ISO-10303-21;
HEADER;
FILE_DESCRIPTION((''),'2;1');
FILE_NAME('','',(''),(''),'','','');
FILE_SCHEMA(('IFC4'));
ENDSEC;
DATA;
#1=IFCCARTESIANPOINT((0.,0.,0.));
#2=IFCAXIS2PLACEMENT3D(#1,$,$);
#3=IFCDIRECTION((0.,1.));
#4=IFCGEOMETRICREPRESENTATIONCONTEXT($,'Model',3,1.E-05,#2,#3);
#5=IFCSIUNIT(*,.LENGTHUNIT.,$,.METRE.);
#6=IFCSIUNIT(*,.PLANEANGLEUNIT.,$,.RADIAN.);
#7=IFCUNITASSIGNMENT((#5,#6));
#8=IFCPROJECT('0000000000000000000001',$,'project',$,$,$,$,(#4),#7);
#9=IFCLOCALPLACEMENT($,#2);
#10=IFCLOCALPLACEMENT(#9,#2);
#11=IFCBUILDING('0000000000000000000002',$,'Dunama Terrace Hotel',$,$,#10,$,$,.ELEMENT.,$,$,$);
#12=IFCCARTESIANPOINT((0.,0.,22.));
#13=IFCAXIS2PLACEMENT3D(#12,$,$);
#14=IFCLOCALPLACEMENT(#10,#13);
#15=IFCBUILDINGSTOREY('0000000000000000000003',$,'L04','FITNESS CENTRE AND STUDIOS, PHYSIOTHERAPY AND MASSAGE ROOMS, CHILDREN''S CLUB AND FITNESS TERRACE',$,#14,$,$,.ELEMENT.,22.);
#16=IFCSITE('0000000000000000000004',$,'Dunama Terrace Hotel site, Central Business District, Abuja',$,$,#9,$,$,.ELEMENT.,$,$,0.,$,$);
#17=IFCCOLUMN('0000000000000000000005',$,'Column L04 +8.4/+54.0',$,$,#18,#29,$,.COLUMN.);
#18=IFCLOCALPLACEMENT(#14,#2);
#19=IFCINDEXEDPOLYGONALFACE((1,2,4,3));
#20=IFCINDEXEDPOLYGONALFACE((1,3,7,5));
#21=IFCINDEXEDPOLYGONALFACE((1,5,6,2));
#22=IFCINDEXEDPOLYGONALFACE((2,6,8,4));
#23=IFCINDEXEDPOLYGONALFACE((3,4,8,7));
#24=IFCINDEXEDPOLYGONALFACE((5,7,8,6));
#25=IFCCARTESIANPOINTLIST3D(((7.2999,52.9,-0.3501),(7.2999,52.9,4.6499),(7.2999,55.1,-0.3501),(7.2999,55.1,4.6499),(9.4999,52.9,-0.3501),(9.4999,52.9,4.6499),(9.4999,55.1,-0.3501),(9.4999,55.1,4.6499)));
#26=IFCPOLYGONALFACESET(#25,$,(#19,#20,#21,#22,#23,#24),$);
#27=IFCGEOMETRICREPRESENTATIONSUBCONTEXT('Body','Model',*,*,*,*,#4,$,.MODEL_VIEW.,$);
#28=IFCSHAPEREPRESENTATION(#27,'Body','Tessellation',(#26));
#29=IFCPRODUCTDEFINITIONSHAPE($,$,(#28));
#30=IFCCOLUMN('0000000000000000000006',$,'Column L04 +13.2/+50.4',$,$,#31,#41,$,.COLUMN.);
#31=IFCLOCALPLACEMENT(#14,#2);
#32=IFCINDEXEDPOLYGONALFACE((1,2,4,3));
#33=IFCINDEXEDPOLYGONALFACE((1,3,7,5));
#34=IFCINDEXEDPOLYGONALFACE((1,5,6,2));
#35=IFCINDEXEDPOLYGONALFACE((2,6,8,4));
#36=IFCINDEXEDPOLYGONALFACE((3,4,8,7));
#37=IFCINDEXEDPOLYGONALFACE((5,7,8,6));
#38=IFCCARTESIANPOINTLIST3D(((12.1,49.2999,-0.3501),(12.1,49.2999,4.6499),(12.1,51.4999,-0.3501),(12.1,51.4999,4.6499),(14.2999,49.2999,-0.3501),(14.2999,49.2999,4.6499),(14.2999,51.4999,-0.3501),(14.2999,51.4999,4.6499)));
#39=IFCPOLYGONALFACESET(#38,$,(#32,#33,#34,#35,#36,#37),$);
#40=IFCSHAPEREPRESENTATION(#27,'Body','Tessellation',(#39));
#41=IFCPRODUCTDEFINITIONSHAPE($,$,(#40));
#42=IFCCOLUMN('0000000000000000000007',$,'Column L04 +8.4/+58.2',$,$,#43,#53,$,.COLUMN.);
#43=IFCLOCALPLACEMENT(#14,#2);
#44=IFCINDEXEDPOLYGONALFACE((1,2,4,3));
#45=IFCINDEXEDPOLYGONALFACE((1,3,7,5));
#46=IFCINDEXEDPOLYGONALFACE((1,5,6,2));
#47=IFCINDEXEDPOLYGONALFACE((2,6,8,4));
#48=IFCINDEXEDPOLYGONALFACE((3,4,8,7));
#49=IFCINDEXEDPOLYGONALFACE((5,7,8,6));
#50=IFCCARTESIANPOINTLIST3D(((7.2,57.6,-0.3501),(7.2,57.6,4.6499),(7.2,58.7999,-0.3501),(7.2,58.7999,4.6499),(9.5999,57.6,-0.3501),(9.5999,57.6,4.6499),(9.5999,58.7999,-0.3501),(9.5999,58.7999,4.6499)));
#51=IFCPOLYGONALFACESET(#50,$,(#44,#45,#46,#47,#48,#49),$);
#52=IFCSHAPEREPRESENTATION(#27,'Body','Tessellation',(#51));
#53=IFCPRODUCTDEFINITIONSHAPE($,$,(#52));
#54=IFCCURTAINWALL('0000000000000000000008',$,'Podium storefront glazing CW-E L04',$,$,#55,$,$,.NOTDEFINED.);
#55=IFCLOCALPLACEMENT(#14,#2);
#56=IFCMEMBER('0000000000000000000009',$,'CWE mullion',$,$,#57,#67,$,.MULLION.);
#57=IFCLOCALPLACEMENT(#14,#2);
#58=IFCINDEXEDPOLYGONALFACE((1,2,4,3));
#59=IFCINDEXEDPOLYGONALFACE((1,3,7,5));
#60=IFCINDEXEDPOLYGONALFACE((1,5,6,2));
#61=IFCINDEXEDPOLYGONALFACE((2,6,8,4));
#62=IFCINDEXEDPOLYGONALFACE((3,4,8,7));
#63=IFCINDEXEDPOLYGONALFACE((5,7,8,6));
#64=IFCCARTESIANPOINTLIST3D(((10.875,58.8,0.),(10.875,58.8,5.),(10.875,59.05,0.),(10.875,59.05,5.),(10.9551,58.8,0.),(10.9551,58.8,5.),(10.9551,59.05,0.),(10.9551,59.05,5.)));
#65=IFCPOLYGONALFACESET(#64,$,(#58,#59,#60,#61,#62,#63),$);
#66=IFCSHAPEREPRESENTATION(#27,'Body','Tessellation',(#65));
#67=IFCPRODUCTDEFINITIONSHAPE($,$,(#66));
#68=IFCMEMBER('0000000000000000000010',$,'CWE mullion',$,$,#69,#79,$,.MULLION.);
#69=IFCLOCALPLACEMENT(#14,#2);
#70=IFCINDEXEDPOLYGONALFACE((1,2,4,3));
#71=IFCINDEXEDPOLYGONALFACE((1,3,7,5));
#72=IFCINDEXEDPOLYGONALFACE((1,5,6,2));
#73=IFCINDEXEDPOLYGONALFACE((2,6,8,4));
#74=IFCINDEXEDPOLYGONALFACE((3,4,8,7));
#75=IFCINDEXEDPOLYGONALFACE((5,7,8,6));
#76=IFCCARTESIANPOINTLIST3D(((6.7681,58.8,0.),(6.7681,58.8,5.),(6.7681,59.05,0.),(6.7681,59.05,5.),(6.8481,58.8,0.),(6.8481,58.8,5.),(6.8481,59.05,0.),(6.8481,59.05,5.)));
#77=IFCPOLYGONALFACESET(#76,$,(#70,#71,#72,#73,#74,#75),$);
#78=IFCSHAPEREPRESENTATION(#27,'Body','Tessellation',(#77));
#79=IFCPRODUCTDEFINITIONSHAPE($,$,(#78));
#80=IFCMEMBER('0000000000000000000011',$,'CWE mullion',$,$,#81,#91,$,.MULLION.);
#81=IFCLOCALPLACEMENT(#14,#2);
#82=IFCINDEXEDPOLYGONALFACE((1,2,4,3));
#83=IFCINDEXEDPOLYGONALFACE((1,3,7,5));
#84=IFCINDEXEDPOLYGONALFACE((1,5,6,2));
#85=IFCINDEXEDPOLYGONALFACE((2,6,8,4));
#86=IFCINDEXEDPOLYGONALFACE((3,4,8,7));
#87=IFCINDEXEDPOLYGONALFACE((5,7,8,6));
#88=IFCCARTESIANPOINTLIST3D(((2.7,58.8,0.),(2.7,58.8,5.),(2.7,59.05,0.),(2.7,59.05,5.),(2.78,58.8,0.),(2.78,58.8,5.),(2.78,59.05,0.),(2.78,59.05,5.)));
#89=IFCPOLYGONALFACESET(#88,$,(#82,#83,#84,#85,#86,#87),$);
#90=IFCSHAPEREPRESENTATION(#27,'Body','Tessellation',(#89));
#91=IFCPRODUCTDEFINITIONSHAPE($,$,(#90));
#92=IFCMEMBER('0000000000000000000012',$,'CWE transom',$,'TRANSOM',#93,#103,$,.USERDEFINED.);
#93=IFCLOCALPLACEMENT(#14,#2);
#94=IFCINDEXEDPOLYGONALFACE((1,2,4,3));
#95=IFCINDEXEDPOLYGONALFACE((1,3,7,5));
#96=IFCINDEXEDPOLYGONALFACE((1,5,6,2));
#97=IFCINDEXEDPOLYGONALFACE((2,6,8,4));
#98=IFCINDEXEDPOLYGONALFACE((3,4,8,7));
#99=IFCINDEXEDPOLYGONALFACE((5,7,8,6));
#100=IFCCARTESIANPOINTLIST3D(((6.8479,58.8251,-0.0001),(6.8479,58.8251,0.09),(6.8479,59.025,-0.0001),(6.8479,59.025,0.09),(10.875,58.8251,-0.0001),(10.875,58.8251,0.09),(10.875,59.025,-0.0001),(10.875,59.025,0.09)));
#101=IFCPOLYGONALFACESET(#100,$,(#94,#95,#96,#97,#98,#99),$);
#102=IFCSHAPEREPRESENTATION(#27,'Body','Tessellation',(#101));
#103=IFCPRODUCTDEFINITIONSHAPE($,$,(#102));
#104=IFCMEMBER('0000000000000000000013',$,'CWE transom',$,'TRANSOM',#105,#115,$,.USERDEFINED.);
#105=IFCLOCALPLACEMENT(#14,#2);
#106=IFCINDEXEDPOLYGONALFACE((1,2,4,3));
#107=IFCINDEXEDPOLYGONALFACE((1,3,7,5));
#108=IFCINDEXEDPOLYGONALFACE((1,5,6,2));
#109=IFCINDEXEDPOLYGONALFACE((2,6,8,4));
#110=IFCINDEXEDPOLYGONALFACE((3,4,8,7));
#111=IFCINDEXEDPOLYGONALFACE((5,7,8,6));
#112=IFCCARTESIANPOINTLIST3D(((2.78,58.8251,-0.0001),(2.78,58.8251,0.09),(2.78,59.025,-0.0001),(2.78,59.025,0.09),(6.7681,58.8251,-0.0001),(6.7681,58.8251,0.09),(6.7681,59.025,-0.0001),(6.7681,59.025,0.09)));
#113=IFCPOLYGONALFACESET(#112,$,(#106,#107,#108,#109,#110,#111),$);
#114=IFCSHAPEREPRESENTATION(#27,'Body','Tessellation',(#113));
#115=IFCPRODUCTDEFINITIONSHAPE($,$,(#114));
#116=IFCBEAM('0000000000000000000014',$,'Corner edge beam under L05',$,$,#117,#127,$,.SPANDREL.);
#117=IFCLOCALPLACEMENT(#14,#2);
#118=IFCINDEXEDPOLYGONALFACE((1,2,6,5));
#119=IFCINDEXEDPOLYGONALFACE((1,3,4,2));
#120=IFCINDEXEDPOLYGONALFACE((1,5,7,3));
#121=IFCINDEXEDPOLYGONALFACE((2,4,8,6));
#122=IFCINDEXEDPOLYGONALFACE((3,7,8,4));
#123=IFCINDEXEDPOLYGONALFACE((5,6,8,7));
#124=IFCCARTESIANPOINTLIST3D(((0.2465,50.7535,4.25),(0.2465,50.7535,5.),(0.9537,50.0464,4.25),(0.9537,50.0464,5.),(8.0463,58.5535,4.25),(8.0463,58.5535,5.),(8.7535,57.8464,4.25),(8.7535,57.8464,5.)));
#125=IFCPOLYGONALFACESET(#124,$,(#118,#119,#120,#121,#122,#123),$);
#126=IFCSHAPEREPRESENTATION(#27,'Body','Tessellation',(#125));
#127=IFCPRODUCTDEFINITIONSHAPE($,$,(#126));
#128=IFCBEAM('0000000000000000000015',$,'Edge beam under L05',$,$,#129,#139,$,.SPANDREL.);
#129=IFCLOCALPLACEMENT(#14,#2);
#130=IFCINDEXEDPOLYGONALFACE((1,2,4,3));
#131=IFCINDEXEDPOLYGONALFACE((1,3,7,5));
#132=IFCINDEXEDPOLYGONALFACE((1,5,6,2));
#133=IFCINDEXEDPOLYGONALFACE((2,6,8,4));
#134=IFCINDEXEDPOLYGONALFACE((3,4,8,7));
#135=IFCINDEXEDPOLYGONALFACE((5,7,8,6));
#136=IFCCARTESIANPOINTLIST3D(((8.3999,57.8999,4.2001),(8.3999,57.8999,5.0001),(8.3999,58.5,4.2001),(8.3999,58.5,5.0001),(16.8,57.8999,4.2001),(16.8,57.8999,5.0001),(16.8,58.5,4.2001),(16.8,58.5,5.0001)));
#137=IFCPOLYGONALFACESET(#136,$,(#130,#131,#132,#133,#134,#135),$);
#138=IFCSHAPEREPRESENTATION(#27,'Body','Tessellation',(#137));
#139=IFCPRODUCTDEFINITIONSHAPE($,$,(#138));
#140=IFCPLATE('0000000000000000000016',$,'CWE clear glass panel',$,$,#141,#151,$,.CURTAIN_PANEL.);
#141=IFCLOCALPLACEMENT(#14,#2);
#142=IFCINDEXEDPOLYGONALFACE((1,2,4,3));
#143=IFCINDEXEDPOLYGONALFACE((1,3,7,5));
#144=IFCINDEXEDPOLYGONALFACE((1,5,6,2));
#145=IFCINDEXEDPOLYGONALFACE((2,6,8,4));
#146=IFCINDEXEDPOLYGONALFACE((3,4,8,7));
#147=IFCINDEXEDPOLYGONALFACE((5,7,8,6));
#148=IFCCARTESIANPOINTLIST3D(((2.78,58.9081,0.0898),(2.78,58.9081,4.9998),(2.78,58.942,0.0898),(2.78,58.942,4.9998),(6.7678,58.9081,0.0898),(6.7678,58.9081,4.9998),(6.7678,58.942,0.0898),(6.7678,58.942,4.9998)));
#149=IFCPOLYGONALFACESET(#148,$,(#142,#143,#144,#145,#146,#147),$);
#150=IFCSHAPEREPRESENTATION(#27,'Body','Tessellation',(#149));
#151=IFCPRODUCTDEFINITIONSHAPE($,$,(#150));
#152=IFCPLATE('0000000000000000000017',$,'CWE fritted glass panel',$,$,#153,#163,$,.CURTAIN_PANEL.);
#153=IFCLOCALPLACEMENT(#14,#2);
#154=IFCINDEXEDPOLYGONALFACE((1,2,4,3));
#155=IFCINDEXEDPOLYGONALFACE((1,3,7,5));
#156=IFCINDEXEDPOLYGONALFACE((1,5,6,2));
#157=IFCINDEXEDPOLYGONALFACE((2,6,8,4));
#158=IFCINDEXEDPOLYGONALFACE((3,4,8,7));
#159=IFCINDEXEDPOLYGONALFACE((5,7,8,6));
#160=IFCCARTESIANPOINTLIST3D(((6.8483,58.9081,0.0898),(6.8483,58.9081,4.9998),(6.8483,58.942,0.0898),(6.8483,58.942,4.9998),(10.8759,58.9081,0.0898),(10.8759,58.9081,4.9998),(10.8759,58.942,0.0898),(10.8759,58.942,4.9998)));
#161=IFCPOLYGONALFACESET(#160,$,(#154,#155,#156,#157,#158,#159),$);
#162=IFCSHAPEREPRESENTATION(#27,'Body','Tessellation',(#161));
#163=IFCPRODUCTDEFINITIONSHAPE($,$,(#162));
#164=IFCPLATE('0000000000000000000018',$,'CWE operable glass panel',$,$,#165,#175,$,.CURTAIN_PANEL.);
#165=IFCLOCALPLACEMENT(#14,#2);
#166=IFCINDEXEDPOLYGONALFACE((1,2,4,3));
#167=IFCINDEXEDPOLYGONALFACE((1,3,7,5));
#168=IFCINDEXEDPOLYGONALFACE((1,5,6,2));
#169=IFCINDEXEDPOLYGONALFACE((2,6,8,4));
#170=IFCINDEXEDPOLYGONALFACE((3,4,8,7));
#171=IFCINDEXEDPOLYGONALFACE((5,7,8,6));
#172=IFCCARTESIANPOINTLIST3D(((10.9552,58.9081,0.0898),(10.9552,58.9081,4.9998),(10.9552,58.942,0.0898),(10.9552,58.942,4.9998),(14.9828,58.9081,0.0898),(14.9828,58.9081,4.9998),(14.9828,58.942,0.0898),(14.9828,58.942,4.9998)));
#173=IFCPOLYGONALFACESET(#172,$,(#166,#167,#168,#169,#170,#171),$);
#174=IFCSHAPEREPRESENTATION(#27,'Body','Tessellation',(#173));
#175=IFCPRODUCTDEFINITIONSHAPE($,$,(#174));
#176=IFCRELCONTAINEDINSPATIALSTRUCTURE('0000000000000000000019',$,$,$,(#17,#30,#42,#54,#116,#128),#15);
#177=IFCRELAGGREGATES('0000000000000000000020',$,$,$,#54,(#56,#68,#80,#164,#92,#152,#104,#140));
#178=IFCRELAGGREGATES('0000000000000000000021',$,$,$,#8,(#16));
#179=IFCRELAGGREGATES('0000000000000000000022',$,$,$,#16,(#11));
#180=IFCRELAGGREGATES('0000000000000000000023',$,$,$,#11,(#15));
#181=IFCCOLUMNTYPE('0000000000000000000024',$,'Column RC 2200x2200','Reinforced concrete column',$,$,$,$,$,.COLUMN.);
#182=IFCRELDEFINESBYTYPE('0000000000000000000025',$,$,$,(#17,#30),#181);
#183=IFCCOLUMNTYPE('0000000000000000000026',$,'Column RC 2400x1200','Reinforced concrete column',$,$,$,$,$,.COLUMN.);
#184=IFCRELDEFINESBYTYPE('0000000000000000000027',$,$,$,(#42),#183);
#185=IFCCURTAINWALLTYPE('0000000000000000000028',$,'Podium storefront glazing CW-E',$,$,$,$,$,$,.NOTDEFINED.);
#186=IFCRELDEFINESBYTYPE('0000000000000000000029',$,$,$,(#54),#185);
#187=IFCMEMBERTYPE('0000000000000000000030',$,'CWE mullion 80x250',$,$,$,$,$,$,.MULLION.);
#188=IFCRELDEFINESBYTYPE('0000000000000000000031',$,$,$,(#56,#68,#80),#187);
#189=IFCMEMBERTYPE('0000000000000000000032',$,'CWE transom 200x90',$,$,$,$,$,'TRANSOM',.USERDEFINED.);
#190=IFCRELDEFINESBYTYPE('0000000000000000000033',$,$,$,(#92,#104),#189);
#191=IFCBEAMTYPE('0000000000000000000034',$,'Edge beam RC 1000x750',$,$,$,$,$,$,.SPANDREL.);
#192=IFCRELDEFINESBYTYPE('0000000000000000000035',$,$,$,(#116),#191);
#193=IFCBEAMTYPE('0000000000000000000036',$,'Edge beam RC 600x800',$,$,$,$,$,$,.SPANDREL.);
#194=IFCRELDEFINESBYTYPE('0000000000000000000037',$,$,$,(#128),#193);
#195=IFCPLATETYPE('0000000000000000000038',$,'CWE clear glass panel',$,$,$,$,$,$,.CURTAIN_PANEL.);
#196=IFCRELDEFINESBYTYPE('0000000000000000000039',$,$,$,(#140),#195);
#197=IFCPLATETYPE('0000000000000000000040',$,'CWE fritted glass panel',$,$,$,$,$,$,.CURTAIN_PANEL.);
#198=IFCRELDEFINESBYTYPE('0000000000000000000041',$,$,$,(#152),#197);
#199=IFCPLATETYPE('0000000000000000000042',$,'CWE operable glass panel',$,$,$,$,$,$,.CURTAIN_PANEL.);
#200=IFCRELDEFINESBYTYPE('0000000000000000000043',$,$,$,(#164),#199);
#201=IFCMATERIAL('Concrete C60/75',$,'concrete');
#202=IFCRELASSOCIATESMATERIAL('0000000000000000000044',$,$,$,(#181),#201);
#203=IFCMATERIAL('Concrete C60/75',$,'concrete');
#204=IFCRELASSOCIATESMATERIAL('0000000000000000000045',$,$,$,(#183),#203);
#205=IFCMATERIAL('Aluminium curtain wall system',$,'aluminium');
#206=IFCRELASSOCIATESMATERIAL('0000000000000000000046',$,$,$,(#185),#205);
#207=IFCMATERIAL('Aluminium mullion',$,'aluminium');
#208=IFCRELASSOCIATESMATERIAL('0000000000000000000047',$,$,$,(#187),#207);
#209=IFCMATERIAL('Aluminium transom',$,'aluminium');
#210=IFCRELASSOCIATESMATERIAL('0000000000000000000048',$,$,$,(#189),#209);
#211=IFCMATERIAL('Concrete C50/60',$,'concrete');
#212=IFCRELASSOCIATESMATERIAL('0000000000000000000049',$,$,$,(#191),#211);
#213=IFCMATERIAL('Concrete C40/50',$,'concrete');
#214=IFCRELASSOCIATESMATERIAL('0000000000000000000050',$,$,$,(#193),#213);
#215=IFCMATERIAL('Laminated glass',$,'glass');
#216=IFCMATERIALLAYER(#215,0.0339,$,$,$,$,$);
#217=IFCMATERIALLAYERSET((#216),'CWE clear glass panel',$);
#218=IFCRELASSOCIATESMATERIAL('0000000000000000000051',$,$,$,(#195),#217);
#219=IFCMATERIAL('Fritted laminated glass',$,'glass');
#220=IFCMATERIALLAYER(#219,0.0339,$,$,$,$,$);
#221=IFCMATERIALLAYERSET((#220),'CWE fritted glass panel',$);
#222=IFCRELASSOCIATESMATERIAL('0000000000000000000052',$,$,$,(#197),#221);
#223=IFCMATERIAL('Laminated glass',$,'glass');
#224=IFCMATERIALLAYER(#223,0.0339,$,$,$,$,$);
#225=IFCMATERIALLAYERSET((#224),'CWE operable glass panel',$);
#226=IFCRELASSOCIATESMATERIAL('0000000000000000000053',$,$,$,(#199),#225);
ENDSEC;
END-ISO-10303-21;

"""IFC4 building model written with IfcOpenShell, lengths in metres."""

from ifc_helpers import new_model, si_unit, direction, frame, origin, origin_2d, place, context, subcontext, project, spatial, rectangle, extrude, material, layer, layer_set, material_profile, profile_set, type_object, element, aggregate, save


model = new_model("IFC4")

# Units and contexts
model_context = context("Model", 3, precision=1e-05, world=origin(), true_north=direction((0.0, 1.0)))
body_context = subcontext(model_context, "Body", "Model", "MODEL_VIEW")
ifc_project = project(units=[si_unit("LENGTHUNIT", "METRE"), si_unit("PLANEANGLEUNIT", "RADIAN")], contexts=[model_context])

# Site, building, storey
site_placement = place(None, origin())
site = spatial("IfcSite", under=ifc_project, at=site_placement, Name="Dunama Terrace Hotel site, Central Business District, Abuja", CompositionType="ELEMENT", RefElevation=0.0)
building_placement = place(site_placement, origin())
building = spatial("IfcBuilding", under=site, at=building_placement, Name="Dunama Terrace Hotel", CompositionType="ELEMENT")
storey_placement = place(building_placement, frame((0.0, 0.0, 22.0)))
storey = spatial("IfcBuildingStorey", under=building, at=storey_placement, Name="L04", Description="FITNESS CENTRE AND STUDIOS, PHYSIOTHERAPY AND MASSAGE ROOMS, CHILDREN'S CLUB AND FITNESS TERRACE", CompositionType="ELEMENT", Elevation=22.0)

# Columns
ifc_material_1 = material(Name="Concrete C60/75", Category="concrete")
ifc_material_profile_1 = material_profile(ifc_material_1, rectangle(XDim=2.2, YDim=2.2, at=origin_2d()), Name="RC 2200x2200")
ifc_profile_set_1 = profile_set([ifc_material_profile_1], Name="Concrete C60/75")
column_type_1 = type_object("IfcColumnType", Name="Column RC 2200x2200", Description="Reinforced concrete column", PredefinedType="COLUMN", material=ifc_profile_set_1)
for number, where, z_axis, x_axis, name in (
    (1, (8.3999, 54.0, -0.3501), (0.0, 0.0, 1.0), (1.0, 0.0, 0.0), "Column L04 +8.4/+54.0"),
    (2, (13.2, 50.3999, -0.3501), (0.0, 0.0, 1.0), (1.0, 0.0, 0.0), "Column L04 +13.2/+50.4"),
):
    element("IfcColumn", number, at=place(storey_placement, frame(where, z_axis=z_axis, x_axis=x_axis)), inside=storey, type_object=column_type_1, Name=name, PredefinedType="COLUMN", context=body_context, shape_type="SweptSolid", body=[
        extrude(rectangle(XDim=2.2, YDim=2.2, at=origin_2d()), origin(), (0.0, 0.0, 1.0), 5.0),
    ])
ifc_material_2 = material(Name="Concrete C60/75", Category="concrete")
ifc_material_profile_2 = material_profile(ifc_material_2, rectangle(XDim=2.3999, YDim=1.2, at=origin_2d()), Name="RC 2400x1200")
ifc_profile_set_2 = profile_set([ifc_material_profile_2], Name="Concrete C60/75")
column_type_2 = type_object("IfcColumnType", Name="Column RC 2400x1200", Description="Reinforced concrete column", PredefinedType="COLUMN", material=ifc_profile_set_2)
column_placement = place(storey_placement, frame((8.3999, 58.2, -0.3501), z_axis=(0.0, 0.0, 1.0), x_axis=(1.0, 0.0, 0.0)))
element("IfcColumn", 3, at=column_placement, inside=storey, type_object=column_type_2, Name="Column L04 +8.4/+58.2", PredefinedType="COLUMN", context=body_context, shape_type="SweptSolid", body=[
    extrude(rectangle(XDim=2.3999, YDim=1.2, at=origin_2d()), origin(), (0.0, 0.0, 1.0), 5.0),
])

# Curtain wall, members
ifc_material_3 = material(Name="Aluminium curtain wall system", Category="aluminium")
curtain_wall_type = type_object("IfcCurtainWallType", Name="Podium storefront glazing CW-E", PredefinedType="NOTDEFINED", material=ifc_material_3)
curtain_wall_placement = place(storey_placement, origin())
curtain_wall = element("IfcCurtainWall", 4, at=curtain_wall_placement, inside=storey, type_object=curtain_wall_type, Name="Podium storefront glazing CW-E L04", PredefinedType="NOTDEFINED")
ifc_material_4 = material(Name="Aluminium mullion", Category="aluminium")
ifc_material_profile_3 = material_profile(ifc_material_4, rectangle(XDim=0.0801, YDim=0.25, at=origin_2d()), Name="CWE MULLION 80X250")
ifc_profile_set_3 = profile_set([ifc_material_profile_3], Name="Aluminium mullion")
member_type_1 = type_object("IfcMemberType", Name="CWE mullion 80x250", PredefinedType="MULLION", material=ifc_profile_set_3)
member_1_placement = place(storey_placement, frame((10.915, 58.925, 0.0), z_axis=(0.0, 0.0, 1.0), x_axis=(-1.0, 0.0, 0.0)))
member_1 = element("IfcMember", 5, at=member_1_placement, type_object=member_type_1, Name="CWE mullion", PredefinedType="MULLION", context=body_context, shape_type="SweptSolid", body=[
    extrude(rectangle(XDim=0.0801, YDim=0.25, at=origin_2d()), origin(), (0.0, 0.0, 1.0), 5.0),
])
member_2_placement = place(storey_placement, frame((6.8081, 58.925, 0.0), z_axis=(0.0, 0.0, 1.0), x_axis=(-1.0, 0.0, 0.0)))
member_2 = element("IfcMember", 6, at=member_2_placement, type_object=member_type_1, Name="CWE mullion", PredefinedType="MULLION", context=body_context, shape_type="SweptSolid", body=[
    extrude(rectangle(XDim=0.0801, YDim=0.25, at=origin_2d()), origin(), (0.0, 0.0, 1.0), 5.0),
])
member_3_placement = place(storey_placement, frame((2.74, 58.925, 0.0), z_axis=(0.0, 0.0, 1.0), x_axis=(-1.0, 0.0, 0.0)))
member_3 = element("IfcMember", 7, at=member_3_placement, type_object=member_type_1, Name="CWE mullion", PredefinedType="MULLION", context=body_context, shape_type="SweptSolid", body=[
    extrude(rectangle(XDim=0.0801, YDim=0.25, at=origin_2d()), origin(), (0.0, 0.0, 1.0), 5.0),
])
ifc_material_5 = material(Name="Aluminium transom", Category="aluminium")
ifc_material_profile_4 = material_profile(ifc_material_5, rectangle(XDim=0.2, YDim=0.0901, at=origin_2d()), Name="CWE TRANSOM 200X90")
ifc_profile_set_4 = profile_set([ifc_material_profile_4], Name="Aluminium transom")
member_type_2 = type_object("IfcMemberType", Name="CWE transom 200x90", ElementType="TRANSOM", PredefinedType="USERDEFINED", material=ifc_profile_set_4)
member_4_placement = place(storey_placement, frame((10.875, 58.925, 0.0449), z_axis=(-1.0, 0.0, 0.0), x_axis=(0.0, -1.0, 0.0)))
member_4 = element("IfcMember", 8, at=member_4_placement, type_object=member_type_2, Name="CWE transom", ObjectType="TRANSOM", PredefinedType="USERDEFINED", context=body_context, shape_type="SweptSolid", body=[
    extrude(rectangle(XDim=0.2, YDim=0.0901, at=origin_2d()), origin(), (0.0, 0.0, 1.0), 4.0271),
])
member_5_placement = place(storey_placement, frame((6.7681, 58.925, 0.0449), z_axis=(-1.0, 0.0, 0.0), x_axis=(0.0, -1.0, 0.0)))
member_5 = element("IfcMember", 9, at=member_5_placement, type_object=member_type_2, Name="CWE transom", ObjectType="TRANSOM", PredefinedType="USERDEFINED", context=body_context, shape_type="SweptSolid", body=[
    extrude(rectangle(XDim=0.2, YDim=0.0901, at=origin_2d()), origin(), (0.0, 0.0, 1.0), 3.988),
])

# Beams
ifc_material_6 = material(Name="Concrete C50/60", Category="concrete")
ifc_material_profile_5 = material_profile(ifc_material_6, rectangle(XDim=1.0, YDim=0.75, at=origin_2d()), Name="RC 1000x750")
ifc_profile_set_5 = profile_set([ifc_material_profile_5], Name="Concrete C50/60")
beam_type_1 = type_object("IfcBeamType", Name="Edge beam RC 1000x750", PredefinedType="SPANDREL", material=ifc_profile_set_5)
beam_1_placement = place(storey_placement, frame((8.3999, 58.2, 4.625), z_axis=(-0.707096, -0.707118, 0.0), x_axis=(0.707118, -0.707096, 0.0)))
element("IfcBeam", 10, at=beam_1_placement, inside=storey, type_object=beam_type_1, Name="Corner edge beam under L05", PredefinedType="SPANDREL", context=body_context, shape_type="SweptSolid", body=[
    extrude(rectangle(XDim=1.0, YDim=0.75, at=origin_2d()), origin(), (0.0, 0.0, 1.0), 11.0308),
])
ifc_material_7 = material(Name="Concrete C40/50", Category="concrete")
ifc_material_profile_6 = material_profile(ifc_material_7, rectangle(XDim=0.6001, YDim=0.8, at=origin_2d()), Name="RC 600x800")
ifc_profile_set_6 = profile_set([ifc_material_profile_6], Name="Concrete C40/50")
beam_type_2 = type_object("IfcBeamType", Name="Edge beam RC 600x800", PredefinedType="SPANDREL", material=ifc_profile_set_6)
beam_2_placement = place(storey_placement, frame((8.3999, 58.2, 4.6001), z_axis=(1.0, 0.0, 0.0), x_axis=(0.0, 1.0, 0.0)))
element("IfcBeam", 11, at=beam_2_placement, inside=storey, type_object=beam_type_2, Name="Edge beam under L05", PredefinedType="SPANDREL", context=body_context, shape_type="SweptSolid", body=[
    extrude(rectangle(XDim=0.6001, YDim=0.8, at=origin_2d()), origin(), (0.0, 0.0, 1.0), 8.4001),
])

# Plates
ifc_material_8 = material(Name="Laminated glass", Category="glass")
ifc_layer_1 = layer(ifc_material_8, 0.0339)
ifc_layer_set_1 = layer_set([ifc_layer_1], Name="CWE clear glass panel")
plate_type_1 = type_object("IfcPlateType", Name="CWE clear glass panel", PredefinedType="CURTAIN_PANEL", material=ifc_layer_set_1)
plate_1_placement = place(storey_placement, frame((4.7739, 58.925, 0.0898), z_axis=(0.0, 0.0, 1.0), x_axis=(-1.0, 0.0, 0.0)))
plate_1 = element("IfcPlate", 12, at=plate_1_placement, type_object=plate_type_1, Name="CWE clear glass panel", PredefinedType="CURTAIN_PANEL", context=body_context, shape_type="SweptSolid", body=[
    extrude(rectangle(XDim=3.9878, YDim=0.0339, at=origin_2d()), origin(), (0.0, 0.0, 1.0), 4.9099),
])
ifc_material_9 = material(Name="Fritted laminated glass", Category="glass")
ifc_layer_2 = layer(ifc_material_9, 0.0339)
ifc_layer_set_2 = layer_set([ifc_layer_2], Name="CWE fritted glass panel")
plate_type_2 = type_object("IfcPlateType", Name="CWE fritted glass panel", PredefinedType="CURTAIN_PANEL", material=ifc_layer_set_2)
plate_2_placement = place(storey_placement, frame((8.8621, 58.925, 0.0898), z_axis=(0.0, 0.0, 1.0), x_axis=(-1.0, 0.0, 0.0)))
plate_2 = element("IfcPlate", 13, at=plate_2_placement, type_object=plate_type_2, Name="CWE fritted glass panel", PredefinedType="CURTAIN_PANEL", context=body_context, shape_type="SweptSolid", body=[
    extrude(rectangle(XDim=4.0276, YDim=0.0339, at=origin_2d()), origin(), (0.0, 0.0, 1.0), 4.9099),
])
ifc_material_10 = material(Name="Laminated glass", Category="glass")
ifc_layer_3 = layer(ifc_material_10, 0.0339)
ifc_layer_set_3 = layer_set([ifc_layer_3], Name="CWE operable glass panel")
plate_type_3 = type_object("IfcPlateType", Name="CWE operable glass panel", PredefinedType="CURTAIN_PANEL", material=ifc_layer_set_3)
plate_3_placement = place(storey_placement, frame((12.969, 58.925, 0.0898), z_axis=(0.0, 0.0, 1.0), x_axis=(-1.0, 0.0, 0.0)))
plate_3 = element("IfcPlate", 14, at=plate_3_placement, type_object=plate_type_3, Name="CWE operable glass panel", PredefinedType="CURTAIN_PANEL", context=body_context, shape_type="SweptSolid", body=[
    extrude(rectangle(XDim=4.0276, YDim=0.0339, at=origin_2d()), origin(), (0.0, 0.0, 1.0), 4.9099),
])
aggregate(curtain_wall, [member_1, member_2, member_3, plate_3, member_4, plate_2, member_5, plate_1])

save(model, "model.ifc")
